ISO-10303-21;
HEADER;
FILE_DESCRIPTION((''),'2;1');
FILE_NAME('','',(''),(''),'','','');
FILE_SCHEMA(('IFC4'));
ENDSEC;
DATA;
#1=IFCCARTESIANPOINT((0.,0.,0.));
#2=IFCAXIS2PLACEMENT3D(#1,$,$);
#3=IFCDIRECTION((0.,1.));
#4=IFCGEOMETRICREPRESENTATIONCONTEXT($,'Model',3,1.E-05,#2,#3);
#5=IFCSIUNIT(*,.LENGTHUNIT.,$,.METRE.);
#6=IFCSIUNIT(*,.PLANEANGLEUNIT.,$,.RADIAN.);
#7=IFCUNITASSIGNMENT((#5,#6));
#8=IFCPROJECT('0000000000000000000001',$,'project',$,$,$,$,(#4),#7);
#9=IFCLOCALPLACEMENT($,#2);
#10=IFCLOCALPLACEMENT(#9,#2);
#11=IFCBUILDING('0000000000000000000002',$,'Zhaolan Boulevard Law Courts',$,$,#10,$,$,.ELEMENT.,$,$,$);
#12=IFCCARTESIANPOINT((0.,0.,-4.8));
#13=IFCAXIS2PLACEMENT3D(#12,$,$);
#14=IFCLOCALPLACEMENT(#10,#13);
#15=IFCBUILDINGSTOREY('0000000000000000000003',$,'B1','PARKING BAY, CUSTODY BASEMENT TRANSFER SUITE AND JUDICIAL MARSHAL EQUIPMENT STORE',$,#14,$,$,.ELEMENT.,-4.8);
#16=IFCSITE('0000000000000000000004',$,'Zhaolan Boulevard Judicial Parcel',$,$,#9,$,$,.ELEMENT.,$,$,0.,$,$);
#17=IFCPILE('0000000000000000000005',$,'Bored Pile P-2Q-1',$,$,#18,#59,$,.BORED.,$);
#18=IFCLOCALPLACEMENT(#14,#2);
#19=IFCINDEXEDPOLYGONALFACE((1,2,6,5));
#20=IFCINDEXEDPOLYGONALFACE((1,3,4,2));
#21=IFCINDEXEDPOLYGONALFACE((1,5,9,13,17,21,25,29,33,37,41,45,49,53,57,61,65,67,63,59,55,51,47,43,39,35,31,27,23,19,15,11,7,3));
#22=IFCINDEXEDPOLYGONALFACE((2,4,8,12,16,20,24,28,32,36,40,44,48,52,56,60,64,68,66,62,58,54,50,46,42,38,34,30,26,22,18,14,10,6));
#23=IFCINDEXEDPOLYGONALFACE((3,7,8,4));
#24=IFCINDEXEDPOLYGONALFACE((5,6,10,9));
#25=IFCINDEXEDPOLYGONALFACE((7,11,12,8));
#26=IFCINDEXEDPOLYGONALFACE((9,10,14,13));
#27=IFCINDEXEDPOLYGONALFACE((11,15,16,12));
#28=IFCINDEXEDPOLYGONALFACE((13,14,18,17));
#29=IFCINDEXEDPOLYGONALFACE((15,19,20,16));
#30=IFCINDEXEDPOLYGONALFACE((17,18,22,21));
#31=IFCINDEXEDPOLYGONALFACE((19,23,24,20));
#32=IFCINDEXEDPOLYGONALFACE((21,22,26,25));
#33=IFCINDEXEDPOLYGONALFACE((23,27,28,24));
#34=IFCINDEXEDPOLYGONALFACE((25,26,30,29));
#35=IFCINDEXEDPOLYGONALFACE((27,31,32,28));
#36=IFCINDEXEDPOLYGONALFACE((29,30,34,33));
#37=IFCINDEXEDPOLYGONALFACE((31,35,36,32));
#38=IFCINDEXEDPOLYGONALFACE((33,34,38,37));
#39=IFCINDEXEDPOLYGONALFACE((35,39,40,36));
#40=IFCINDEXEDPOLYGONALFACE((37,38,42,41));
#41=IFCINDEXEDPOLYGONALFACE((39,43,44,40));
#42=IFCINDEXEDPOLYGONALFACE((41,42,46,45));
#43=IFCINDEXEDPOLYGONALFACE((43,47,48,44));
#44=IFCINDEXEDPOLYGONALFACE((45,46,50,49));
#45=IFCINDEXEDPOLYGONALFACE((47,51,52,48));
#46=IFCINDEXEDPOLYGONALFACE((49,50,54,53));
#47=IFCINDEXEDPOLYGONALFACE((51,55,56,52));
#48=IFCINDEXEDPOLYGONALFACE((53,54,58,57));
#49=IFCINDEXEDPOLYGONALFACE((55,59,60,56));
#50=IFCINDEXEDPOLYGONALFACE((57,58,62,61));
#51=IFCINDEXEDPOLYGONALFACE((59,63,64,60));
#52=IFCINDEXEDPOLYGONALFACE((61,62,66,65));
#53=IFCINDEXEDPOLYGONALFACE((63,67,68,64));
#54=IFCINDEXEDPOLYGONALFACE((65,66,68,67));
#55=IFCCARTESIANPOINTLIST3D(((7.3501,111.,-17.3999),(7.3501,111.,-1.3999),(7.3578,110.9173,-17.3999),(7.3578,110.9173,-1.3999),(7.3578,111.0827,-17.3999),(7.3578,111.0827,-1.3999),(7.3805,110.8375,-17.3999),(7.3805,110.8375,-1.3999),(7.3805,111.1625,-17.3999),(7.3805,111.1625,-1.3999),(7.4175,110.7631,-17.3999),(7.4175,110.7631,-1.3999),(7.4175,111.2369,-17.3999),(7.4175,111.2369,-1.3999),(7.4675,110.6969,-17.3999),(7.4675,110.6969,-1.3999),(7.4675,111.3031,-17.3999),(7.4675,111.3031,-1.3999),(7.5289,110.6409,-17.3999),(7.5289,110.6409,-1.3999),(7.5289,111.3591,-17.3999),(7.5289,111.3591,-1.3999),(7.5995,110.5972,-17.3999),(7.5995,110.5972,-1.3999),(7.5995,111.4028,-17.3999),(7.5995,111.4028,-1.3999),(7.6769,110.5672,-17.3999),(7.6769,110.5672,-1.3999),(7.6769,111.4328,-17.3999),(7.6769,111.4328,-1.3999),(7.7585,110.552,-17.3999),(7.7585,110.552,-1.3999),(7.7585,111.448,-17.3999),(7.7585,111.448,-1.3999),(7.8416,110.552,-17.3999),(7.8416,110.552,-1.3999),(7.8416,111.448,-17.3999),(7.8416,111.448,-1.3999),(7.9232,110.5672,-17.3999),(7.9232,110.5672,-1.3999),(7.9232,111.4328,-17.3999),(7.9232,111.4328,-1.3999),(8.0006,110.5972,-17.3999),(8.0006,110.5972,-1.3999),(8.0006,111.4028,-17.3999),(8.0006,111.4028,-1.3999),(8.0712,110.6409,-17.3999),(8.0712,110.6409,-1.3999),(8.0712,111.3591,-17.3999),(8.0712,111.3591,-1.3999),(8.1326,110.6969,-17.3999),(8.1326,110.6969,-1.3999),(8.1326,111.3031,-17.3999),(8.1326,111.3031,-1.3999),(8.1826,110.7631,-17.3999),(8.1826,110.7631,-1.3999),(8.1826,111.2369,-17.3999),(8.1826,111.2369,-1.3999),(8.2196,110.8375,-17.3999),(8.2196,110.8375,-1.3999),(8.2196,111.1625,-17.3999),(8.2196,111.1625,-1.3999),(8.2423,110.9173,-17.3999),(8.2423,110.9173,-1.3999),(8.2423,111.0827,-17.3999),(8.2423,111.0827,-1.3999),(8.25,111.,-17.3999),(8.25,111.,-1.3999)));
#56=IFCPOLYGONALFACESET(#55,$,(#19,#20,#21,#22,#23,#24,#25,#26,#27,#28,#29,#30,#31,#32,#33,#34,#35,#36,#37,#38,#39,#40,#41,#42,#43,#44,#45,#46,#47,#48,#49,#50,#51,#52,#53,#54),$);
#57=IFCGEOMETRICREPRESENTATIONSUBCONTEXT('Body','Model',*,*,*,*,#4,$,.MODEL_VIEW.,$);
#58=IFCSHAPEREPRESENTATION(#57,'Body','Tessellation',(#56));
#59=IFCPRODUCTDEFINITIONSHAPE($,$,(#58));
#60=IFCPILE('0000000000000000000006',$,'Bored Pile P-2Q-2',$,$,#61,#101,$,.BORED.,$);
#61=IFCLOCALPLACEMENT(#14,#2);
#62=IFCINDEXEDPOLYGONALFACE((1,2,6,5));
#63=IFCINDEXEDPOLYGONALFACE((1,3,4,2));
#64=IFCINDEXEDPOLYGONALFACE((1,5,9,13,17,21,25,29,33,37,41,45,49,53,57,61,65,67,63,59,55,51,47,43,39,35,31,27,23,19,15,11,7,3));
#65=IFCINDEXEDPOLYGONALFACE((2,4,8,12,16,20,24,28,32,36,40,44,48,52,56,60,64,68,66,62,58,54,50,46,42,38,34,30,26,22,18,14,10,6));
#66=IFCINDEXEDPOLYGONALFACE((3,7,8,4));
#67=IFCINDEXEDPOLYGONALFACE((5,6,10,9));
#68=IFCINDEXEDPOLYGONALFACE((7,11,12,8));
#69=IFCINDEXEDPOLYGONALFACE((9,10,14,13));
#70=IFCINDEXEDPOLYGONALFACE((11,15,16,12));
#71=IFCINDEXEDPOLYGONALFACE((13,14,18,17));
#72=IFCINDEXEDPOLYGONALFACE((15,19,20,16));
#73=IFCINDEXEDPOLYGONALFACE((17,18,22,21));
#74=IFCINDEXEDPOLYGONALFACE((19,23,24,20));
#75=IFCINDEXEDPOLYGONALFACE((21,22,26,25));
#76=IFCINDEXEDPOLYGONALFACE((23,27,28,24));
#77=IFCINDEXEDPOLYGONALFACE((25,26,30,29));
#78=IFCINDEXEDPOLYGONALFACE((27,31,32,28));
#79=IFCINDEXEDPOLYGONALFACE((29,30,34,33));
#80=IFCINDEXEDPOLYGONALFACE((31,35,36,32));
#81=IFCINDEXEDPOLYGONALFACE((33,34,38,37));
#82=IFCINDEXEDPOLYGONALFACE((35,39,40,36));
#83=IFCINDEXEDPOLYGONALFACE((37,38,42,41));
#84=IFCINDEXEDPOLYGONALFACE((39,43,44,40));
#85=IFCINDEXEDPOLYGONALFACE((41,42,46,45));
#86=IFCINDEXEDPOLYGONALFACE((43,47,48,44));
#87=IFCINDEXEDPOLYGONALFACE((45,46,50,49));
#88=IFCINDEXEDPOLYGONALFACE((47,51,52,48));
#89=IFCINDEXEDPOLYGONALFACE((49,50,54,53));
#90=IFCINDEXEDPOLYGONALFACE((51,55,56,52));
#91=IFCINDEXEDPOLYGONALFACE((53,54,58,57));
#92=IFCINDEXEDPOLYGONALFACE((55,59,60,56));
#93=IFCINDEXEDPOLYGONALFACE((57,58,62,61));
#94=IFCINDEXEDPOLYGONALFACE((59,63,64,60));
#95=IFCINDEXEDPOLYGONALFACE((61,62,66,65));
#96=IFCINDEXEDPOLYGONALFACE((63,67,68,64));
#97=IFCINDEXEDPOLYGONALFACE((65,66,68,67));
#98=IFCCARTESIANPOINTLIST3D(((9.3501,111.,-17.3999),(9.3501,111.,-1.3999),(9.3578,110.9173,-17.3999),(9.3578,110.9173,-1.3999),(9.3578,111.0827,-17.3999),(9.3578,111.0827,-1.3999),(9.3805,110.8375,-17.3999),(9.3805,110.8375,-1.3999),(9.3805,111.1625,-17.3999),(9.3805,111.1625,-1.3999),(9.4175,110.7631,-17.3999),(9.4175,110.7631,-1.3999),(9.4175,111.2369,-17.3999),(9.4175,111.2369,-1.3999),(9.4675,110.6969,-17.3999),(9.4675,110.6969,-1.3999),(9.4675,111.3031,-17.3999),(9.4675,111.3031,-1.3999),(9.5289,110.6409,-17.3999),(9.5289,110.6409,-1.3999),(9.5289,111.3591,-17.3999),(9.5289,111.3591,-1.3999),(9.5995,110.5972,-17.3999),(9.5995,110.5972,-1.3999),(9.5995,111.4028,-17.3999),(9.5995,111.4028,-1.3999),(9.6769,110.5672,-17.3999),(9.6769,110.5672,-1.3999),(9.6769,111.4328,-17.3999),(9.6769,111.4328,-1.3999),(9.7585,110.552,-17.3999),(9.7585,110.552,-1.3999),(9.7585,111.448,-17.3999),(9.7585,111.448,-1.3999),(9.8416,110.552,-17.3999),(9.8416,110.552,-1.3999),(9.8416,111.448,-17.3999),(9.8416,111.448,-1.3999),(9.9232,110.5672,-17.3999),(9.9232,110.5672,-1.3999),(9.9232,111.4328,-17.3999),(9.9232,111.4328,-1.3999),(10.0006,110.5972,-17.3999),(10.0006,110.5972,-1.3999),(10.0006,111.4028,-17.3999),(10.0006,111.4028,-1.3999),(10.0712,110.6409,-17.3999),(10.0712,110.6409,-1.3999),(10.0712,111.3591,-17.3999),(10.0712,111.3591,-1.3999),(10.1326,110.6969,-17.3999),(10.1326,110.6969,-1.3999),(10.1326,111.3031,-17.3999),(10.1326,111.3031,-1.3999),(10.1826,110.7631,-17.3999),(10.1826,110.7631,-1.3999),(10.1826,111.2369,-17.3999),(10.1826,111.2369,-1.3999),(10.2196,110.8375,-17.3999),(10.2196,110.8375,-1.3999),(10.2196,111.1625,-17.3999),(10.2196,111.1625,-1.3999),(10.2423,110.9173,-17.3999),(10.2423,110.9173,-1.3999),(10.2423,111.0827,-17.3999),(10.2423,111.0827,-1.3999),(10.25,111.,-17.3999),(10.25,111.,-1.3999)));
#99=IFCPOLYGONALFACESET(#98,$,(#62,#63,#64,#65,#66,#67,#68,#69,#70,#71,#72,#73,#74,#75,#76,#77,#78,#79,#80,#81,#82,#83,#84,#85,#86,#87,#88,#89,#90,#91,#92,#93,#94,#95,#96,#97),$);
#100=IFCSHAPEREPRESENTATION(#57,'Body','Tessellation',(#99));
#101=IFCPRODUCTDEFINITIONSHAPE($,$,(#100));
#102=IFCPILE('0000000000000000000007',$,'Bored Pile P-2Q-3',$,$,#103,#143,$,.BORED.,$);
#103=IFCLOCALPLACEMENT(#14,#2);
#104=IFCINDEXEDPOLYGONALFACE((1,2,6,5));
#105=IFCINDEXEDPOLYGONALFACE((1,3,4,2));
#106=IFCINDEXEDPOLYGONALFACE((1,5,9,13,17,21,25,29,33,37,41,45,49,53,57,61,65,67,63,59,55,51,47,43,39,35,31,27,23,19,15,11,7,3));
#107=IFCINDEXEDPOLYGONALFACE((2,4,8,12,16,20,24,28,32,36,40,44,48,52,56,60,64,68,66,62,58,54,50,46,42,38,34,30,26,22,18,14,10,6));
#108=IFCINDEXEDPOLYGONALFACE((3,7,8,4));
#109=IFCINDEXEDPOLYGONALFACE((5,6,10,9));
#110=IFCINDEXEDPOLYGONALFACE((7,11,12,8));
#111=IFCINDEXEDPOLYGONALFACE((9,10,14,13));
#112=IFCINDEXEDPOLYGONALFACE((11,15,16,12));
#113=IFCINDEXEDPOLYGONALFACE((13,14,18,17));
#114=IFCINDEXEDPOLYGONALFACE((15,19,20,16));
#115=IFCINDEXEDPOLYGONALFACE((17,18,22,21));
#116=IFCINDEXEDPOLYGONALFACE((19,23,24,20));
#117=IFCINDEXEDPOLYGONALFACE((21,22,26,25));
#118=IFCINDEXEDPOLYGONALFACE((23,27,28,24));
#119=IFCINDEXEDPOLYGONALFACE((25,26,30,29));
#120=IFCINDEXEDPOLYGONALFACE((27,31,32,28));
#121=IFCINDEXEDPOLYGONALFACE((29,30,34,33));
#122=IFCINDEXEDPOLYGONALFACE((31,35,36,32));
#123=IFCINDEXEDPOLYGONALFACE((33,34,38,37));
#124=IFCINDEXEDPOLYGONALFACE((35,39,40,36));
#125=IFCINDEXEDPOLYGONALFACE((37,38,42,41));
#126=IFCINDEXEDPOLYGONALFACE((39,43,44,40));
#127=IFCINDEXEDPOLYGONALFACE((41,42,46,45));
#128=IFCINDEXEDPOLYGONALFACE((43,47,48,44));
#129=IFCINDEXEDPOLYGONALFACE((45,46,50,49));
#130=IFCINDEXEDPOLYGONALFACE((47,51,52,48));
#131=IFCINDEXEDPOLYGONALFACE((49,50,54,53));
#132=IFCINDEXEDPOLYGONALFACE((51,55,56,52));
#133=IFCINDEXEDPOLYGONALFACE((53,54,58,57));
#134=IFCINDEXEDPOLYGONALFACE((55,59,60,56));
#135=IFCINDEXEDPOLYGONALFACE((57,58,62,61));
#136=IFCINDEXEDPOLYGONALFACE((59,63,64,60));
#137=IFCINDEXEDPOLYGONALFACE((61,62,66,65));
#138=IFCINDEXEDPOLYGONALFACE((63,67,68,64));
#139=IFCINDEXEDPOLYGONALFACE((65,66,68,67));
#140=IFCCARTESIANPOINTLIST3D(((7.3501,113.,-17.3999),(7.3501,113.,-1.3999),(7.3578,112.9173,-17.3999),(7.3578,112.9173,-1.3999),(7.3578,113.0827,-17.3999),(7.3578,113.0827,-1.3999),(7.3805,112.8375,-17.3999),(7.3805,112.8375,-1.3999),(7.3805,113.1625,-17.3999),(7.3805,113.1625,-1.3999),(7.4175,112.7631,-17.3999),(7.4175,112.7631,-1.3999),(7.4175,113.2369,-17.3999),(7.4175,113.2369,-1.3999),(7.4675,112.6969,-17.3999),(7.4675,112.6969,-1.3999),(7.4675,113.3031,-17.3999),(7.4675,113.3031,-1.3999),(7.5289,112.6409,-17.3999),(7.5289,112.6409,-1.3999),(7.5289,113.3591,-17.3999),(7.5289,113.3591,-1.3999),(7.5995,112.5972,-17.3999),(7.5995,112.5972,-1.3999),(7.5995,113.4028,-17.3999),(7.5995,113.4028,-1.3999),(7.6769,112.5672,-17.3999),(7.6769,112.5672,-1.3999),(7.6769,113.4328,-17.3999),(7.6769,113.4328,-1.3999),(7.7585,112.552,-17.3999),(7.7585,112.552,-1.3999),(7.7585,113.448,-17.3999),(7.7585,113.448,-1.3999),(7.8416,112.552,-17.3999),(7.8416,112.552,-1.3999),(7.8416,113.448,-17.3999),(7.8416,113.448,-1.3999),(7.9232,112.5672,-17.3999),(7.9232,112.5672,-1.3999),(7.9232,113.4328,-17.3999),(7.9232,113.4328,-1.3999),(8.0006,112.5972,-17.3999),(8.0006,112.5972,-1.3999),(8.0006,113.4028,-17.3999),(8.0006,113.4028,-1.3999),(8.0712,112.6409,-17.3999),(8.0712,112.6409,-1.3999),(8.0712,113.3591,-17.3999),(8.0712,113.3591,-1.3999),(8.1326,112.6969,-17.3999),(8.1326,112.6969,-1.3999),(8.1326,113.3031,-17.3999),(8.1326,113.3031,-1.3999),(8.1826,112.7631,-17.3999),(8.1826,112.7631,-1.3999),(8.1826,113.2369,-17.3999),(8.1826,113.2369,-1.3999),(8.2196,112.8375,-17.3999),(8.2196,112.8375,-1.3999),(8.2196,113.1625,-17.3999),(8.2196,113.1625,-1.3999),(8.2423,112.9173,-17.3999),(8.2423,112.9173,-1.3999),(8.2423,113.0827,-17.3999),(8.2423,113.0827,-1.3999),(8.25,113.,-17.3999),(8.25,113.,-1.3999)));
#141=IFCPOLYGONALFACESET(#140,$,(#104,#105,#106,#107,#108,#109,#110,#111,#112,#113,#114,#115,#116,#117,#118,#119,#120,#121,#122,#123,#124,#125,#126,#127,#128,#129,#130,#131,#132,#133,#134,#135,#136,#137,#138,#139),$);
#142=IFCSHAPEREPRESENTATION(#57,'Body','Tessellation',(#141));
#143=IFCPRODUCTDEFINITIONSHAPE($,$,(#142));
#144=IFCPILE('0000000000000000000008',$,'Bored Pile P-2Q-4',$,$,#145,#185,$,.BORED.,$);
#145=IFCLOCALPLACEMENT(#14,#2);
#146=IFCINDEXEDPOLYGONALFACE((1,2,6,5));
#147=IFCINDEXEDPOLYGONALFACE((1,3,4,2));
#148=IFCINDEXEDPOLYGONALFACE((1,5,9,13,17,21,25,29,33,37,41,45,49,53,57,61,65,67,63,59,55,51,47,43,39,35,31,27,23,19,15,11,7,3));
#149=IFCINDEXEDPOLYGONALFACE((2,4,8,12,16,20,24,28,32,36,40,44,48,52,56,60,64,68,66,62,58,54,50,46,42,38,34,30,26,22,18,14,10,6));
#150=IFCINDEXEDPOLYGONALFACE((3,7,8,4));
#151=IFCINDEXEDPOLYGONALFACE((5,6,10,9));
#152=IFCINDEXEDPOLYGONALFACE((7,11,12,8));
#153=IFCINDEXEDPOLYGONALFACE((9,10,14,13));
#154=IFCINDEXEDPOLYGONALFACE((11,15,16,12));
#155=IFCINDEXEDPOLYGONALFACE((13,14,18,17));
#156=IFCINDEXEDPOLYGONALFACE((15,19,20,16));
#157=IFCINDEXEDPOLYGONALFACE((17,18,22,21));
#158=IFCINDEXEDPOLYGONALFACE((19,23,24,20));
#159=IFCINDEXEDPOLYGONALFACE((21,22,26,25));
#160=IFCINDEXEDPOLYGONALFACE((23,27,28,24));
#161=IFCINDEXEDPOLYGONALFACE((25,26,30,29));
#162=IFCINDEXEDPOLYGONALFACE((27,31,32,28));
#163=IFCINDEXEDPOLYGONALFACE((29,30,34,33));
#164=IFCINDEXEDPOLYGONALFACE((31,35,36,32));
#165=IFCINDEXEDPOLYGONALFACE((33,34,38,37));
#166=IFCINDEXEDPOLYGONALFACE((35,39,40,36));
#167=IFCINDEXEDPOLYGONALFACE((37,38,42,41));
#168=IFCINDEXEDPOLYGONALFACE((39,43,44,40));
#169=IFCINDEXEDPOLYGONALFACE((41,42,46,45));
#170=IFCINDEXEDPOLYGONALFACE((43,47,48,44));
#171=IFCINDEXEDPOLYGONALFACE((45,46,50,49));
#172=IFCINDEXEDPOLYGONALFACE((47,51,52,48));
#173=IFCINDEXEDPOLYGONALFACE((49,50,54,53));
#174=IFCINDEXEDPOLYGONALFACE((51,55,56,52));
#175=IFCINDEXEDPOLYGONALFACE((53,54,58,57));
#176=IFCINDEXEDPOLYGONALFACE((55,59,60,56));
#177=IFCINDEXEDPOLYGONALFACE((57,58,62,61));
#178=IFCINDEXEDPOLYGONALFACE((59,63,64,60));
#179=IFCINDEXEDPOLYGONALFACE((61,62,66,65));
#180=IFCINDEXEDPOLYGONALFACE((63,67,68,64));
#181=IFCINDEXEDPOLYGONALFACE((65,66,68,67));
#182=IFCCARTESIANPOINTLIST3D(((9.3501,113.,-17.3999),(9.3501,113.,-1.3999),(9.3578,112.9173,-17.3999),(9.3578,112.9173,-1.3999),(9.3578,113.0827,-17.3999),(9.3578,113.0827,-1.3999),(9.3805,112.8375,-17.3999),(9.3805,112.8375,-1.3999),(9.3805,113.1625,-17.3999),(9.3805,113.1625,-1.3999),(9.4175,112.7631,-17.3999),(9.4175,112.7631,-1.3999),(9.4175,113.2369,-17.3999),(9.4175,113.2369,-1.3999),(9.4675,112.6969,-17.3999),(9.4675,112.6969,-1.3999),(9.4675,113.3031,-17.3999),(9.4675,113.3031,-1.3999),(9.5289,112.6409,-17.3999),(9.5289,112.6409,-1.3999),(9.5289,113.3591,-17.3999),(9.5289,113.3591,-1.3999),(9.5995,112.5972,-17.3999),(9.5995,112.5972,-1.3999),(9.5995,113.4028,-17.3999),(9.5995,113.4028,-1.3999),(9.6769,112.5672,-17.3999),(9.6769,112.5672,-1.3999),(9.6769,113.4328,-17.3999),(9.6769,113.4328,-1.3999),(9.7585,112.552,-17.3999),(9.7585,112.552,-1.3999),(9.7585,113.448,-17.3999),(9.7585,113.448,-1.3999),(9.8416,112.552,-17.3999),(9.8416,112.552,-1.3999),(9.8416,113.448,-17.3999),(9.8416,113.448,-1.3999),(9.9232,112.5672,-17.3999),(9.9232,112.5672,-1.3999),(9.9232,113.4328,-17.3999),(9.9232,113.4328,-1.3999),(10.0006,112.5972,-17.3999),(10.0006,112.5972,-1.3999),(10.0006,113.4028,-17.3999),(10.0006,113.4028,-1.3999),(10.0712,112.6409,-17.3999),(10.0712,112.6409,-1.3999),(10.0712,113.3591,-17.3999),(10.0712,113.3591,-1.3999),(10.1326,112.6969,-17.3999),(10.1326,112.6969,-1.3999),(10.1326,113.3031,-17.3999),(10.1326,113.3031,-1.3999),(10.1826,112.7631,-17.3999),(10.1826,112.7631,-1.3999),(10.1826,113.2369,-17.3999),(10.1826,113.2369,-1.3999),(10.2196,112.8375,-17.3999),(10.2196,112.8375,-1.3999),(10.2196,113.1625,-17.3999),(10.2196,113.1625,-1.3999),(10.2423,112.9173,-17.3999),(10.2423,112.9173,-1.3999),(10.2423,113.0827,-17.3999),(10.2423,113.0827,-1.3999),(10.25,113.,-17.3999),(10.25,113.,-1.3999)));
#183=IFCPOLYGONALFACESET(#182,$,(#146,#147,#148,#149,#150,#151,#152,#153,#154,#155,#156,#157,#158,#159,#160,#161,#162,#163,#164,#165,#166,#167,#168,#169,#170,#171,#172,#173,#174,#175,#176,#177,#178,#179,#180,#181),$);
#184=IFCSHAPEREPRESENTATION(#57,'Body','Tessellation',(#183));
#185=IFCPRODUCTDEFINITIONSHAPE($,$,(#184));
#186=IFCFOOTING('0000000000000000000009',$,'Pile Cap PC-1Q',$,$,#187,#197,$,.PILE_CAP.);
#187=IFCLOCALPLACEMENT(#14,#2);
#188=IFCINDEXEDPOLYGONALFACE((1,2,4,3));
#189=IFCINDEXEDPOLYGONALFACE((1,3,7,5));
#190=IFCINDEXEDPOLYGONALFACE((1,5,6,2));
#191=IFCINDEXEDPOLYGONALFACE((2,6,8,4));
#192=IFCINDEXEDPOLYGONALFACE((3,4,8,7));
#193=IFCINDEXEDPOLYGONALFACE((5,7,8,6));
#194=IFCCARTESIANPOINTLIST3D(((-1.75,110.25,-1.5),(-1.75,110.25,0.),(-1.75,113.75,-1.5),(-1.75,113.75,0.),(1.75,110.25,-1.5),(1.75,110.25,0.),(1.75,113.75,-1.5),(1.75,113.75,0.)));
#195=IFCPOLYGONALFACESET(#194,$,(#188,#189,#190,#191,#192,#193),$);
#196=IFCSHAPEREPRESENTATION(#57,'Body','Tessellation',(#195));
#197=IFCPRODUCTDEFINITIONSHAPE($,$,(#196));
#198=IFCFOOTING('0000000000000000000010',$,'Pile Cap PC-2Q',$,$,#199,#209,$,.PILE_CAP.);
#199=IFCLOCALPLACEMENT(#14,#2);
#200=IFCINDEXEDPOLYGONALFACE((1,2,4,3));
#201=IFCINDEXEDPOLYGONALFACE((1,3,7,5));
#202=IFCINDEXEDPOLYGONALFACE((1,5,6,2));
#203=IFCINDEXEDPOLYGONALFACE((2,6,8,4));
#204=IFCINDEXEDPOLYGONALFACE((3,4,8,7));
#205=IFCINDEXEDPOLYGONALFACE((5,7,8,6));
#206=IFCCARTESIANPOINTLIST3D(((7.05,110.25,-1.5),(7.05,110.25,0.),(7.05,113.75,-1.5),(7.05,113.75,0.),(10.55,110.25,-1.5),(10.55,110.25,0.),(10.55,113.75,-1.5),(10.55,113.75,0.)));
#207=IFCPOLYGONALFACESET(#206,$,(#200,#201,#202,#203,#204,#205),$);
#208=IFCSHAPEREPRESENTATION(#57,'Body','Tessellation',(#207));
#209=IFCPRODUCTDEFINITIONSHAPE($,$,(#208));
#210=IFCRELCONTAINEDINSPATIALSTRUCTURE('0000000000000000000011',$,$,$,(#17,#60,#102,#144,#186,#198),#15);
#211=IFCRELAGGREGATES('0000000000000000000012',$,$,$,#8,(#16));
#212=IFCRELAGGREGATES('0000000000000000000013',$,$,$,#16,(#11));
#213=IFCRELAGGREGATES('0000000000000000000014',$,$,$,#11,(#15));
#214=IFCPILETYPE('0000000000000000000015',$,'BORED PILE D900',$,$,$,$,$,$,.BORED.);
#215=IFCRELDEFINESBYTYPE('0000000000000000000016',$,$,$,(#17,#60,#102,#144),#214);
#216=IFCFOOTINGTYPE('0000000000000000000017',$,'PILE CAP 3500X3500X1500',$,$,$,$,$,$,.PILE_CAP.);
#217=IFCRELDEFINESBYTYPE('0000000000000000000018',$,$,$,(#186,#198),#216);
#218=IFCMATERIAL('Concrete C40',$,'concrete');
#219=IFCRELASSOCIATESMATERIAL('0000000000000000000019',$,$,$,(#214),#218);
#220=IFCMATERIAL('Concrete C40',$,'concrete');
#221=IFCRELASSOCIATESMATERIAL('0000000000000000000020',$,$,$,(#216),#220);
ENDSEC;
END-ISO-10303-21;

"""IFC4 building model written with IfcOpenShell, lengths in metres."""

from ifc_helpers import new_model, si_unit, direction, frame, origin, origin_2d, place, context, subcontext, project, spatial, rectangle, circle, extrude, material, material_profile, profile_set, type_object, element, save


model = new_model("IFC4")

# Units and contexts
model_context = context("Model", 3, precision=1e-05, world=origin(), true_north=direction((0.0, 1.0)))
body_context = subcontext(model_context, "Body", "Model", "MODEL_VIEW")
ifc_project = project(units=[si_unit("LENGTHUNIT", "METRE"), si_unit("PLANEANGLEUNIT", "RADIAN")], contexts=[model_context])

# Site, building, storey
site_placement = place(None, origin())
site = spatial("IfcSite", under=ifc_project, at=site_placement, Name="Zhaolan Boulevard Judicial Parcel", CompositionType="ELEMENT", RefElevation=0.0)
building_placement = place(site_placement, origin())
building = spatial("IfcBuilding", under=site, at=building_placement, Name="Zhaolan Boulevard Law Courts", CompositionType="ELEMENT")
storey_placement = place(building_placement, frame((0.0, 0.0, -4.8)))
storey = spatial("IfcBuildingStorey", under=building, at=storey_placement, Name="B1", Description="PARKING BAY, CUSTODY BASEMENT TRANSFER SUITE AND JUDICIAL MARSHAL EQUIPMENT STORE", CompositionType="ELEMENT", Elevation=-4.8)

# Piles
ifc_material_1 = material(Name="Concrete C40", Category="concrete")
ifc_material_profile_1 = material_profile(ifc_material_1, circle(Radius=0.45, at=origin_2d()), Name="PILE-D900")
ifc_profile_set_1 = profile_set([ifc_material_profile_1], Name="Concrete C40")
pile_type = type_object("IfcPileType", Name="BORED PILE D900", PredefinedType="BORED", material=ifc_profile_set_1)
for number, where, z_axis, x_axis, name in (
    (1, (7.8, 111.0, -1.3999), (0.0, 0.0, -1.0), (1.0, 0.0, 0.0), "Bored Pile P-2Q-1"),
    (2, (9.8, 111.0, -1.3999), (0.0, 0.0, -1.0), (1.0, 0.0, 0.0), "Bored Pile P-2Q-2"),
    (3, (7.8, 113.0, -1.3999), (0.0, 0.0, -1.0), (1.0, 0.0, 0.0), "Bored Pile P-2Q-3"),
    (4, (9.8, 113.0, -1.3999), (0.0, 0.0, -1.0), (1.0, 0.0, 0.0), "Bored Pile P-2Q-4"),
):
    element("IfcPile", number, at=place(storey_placement, frame(where, z_axis=z_axis, x_axis=x_axis)), inside=storey, type_object=pile_type, Name=name, PredefinedType="BORED", context=body_context, shape_type="SweptSolid", body=[
        extrude(circle(Radius=0.45, at=origin_2d()), origin(), (0.0, 0.0, 1.0), 16.0),
    ])

# Footings
ifc_material_2 = material(Name="Concrete C40", Category="concrete")
footing_type_1 = type_object("IfcFootingType", Name="PILE CAP 3500X3500X1500", PredefinedType="PILE_CAP", material=ifc_material_2)
for number, where, z_axis, x_axis, name in (
    (5, (0.0, 112.0, -1.5), (0.0, 0.0, 1.0), (1.0, 0.0, 0.0), "Pile Cap PC-1Q"),
    (6, (8.8, 112.0, -1.5), (0.0, 0.0, 1.0), (1.0, 0.0, 0.0), "Pile Cap PC-2Q"),
):
    element("IfcFooting", number, at=place(storey_placement, frame(where, z_axis=z_axis, x_axis=x_axis)), inside=storey, type_object=footing_type_1, Name=name, PredefinedType="PILE_CAP", context=body_context, shape_type="SweptSolid", body=[
        extrude(rectangle(XDim=3.5, YDim=3.5, at=origin_2d()), origin(), (0.0, 0.0, 1.0), 1.5),
    ])

save(model, "model.ifc")
